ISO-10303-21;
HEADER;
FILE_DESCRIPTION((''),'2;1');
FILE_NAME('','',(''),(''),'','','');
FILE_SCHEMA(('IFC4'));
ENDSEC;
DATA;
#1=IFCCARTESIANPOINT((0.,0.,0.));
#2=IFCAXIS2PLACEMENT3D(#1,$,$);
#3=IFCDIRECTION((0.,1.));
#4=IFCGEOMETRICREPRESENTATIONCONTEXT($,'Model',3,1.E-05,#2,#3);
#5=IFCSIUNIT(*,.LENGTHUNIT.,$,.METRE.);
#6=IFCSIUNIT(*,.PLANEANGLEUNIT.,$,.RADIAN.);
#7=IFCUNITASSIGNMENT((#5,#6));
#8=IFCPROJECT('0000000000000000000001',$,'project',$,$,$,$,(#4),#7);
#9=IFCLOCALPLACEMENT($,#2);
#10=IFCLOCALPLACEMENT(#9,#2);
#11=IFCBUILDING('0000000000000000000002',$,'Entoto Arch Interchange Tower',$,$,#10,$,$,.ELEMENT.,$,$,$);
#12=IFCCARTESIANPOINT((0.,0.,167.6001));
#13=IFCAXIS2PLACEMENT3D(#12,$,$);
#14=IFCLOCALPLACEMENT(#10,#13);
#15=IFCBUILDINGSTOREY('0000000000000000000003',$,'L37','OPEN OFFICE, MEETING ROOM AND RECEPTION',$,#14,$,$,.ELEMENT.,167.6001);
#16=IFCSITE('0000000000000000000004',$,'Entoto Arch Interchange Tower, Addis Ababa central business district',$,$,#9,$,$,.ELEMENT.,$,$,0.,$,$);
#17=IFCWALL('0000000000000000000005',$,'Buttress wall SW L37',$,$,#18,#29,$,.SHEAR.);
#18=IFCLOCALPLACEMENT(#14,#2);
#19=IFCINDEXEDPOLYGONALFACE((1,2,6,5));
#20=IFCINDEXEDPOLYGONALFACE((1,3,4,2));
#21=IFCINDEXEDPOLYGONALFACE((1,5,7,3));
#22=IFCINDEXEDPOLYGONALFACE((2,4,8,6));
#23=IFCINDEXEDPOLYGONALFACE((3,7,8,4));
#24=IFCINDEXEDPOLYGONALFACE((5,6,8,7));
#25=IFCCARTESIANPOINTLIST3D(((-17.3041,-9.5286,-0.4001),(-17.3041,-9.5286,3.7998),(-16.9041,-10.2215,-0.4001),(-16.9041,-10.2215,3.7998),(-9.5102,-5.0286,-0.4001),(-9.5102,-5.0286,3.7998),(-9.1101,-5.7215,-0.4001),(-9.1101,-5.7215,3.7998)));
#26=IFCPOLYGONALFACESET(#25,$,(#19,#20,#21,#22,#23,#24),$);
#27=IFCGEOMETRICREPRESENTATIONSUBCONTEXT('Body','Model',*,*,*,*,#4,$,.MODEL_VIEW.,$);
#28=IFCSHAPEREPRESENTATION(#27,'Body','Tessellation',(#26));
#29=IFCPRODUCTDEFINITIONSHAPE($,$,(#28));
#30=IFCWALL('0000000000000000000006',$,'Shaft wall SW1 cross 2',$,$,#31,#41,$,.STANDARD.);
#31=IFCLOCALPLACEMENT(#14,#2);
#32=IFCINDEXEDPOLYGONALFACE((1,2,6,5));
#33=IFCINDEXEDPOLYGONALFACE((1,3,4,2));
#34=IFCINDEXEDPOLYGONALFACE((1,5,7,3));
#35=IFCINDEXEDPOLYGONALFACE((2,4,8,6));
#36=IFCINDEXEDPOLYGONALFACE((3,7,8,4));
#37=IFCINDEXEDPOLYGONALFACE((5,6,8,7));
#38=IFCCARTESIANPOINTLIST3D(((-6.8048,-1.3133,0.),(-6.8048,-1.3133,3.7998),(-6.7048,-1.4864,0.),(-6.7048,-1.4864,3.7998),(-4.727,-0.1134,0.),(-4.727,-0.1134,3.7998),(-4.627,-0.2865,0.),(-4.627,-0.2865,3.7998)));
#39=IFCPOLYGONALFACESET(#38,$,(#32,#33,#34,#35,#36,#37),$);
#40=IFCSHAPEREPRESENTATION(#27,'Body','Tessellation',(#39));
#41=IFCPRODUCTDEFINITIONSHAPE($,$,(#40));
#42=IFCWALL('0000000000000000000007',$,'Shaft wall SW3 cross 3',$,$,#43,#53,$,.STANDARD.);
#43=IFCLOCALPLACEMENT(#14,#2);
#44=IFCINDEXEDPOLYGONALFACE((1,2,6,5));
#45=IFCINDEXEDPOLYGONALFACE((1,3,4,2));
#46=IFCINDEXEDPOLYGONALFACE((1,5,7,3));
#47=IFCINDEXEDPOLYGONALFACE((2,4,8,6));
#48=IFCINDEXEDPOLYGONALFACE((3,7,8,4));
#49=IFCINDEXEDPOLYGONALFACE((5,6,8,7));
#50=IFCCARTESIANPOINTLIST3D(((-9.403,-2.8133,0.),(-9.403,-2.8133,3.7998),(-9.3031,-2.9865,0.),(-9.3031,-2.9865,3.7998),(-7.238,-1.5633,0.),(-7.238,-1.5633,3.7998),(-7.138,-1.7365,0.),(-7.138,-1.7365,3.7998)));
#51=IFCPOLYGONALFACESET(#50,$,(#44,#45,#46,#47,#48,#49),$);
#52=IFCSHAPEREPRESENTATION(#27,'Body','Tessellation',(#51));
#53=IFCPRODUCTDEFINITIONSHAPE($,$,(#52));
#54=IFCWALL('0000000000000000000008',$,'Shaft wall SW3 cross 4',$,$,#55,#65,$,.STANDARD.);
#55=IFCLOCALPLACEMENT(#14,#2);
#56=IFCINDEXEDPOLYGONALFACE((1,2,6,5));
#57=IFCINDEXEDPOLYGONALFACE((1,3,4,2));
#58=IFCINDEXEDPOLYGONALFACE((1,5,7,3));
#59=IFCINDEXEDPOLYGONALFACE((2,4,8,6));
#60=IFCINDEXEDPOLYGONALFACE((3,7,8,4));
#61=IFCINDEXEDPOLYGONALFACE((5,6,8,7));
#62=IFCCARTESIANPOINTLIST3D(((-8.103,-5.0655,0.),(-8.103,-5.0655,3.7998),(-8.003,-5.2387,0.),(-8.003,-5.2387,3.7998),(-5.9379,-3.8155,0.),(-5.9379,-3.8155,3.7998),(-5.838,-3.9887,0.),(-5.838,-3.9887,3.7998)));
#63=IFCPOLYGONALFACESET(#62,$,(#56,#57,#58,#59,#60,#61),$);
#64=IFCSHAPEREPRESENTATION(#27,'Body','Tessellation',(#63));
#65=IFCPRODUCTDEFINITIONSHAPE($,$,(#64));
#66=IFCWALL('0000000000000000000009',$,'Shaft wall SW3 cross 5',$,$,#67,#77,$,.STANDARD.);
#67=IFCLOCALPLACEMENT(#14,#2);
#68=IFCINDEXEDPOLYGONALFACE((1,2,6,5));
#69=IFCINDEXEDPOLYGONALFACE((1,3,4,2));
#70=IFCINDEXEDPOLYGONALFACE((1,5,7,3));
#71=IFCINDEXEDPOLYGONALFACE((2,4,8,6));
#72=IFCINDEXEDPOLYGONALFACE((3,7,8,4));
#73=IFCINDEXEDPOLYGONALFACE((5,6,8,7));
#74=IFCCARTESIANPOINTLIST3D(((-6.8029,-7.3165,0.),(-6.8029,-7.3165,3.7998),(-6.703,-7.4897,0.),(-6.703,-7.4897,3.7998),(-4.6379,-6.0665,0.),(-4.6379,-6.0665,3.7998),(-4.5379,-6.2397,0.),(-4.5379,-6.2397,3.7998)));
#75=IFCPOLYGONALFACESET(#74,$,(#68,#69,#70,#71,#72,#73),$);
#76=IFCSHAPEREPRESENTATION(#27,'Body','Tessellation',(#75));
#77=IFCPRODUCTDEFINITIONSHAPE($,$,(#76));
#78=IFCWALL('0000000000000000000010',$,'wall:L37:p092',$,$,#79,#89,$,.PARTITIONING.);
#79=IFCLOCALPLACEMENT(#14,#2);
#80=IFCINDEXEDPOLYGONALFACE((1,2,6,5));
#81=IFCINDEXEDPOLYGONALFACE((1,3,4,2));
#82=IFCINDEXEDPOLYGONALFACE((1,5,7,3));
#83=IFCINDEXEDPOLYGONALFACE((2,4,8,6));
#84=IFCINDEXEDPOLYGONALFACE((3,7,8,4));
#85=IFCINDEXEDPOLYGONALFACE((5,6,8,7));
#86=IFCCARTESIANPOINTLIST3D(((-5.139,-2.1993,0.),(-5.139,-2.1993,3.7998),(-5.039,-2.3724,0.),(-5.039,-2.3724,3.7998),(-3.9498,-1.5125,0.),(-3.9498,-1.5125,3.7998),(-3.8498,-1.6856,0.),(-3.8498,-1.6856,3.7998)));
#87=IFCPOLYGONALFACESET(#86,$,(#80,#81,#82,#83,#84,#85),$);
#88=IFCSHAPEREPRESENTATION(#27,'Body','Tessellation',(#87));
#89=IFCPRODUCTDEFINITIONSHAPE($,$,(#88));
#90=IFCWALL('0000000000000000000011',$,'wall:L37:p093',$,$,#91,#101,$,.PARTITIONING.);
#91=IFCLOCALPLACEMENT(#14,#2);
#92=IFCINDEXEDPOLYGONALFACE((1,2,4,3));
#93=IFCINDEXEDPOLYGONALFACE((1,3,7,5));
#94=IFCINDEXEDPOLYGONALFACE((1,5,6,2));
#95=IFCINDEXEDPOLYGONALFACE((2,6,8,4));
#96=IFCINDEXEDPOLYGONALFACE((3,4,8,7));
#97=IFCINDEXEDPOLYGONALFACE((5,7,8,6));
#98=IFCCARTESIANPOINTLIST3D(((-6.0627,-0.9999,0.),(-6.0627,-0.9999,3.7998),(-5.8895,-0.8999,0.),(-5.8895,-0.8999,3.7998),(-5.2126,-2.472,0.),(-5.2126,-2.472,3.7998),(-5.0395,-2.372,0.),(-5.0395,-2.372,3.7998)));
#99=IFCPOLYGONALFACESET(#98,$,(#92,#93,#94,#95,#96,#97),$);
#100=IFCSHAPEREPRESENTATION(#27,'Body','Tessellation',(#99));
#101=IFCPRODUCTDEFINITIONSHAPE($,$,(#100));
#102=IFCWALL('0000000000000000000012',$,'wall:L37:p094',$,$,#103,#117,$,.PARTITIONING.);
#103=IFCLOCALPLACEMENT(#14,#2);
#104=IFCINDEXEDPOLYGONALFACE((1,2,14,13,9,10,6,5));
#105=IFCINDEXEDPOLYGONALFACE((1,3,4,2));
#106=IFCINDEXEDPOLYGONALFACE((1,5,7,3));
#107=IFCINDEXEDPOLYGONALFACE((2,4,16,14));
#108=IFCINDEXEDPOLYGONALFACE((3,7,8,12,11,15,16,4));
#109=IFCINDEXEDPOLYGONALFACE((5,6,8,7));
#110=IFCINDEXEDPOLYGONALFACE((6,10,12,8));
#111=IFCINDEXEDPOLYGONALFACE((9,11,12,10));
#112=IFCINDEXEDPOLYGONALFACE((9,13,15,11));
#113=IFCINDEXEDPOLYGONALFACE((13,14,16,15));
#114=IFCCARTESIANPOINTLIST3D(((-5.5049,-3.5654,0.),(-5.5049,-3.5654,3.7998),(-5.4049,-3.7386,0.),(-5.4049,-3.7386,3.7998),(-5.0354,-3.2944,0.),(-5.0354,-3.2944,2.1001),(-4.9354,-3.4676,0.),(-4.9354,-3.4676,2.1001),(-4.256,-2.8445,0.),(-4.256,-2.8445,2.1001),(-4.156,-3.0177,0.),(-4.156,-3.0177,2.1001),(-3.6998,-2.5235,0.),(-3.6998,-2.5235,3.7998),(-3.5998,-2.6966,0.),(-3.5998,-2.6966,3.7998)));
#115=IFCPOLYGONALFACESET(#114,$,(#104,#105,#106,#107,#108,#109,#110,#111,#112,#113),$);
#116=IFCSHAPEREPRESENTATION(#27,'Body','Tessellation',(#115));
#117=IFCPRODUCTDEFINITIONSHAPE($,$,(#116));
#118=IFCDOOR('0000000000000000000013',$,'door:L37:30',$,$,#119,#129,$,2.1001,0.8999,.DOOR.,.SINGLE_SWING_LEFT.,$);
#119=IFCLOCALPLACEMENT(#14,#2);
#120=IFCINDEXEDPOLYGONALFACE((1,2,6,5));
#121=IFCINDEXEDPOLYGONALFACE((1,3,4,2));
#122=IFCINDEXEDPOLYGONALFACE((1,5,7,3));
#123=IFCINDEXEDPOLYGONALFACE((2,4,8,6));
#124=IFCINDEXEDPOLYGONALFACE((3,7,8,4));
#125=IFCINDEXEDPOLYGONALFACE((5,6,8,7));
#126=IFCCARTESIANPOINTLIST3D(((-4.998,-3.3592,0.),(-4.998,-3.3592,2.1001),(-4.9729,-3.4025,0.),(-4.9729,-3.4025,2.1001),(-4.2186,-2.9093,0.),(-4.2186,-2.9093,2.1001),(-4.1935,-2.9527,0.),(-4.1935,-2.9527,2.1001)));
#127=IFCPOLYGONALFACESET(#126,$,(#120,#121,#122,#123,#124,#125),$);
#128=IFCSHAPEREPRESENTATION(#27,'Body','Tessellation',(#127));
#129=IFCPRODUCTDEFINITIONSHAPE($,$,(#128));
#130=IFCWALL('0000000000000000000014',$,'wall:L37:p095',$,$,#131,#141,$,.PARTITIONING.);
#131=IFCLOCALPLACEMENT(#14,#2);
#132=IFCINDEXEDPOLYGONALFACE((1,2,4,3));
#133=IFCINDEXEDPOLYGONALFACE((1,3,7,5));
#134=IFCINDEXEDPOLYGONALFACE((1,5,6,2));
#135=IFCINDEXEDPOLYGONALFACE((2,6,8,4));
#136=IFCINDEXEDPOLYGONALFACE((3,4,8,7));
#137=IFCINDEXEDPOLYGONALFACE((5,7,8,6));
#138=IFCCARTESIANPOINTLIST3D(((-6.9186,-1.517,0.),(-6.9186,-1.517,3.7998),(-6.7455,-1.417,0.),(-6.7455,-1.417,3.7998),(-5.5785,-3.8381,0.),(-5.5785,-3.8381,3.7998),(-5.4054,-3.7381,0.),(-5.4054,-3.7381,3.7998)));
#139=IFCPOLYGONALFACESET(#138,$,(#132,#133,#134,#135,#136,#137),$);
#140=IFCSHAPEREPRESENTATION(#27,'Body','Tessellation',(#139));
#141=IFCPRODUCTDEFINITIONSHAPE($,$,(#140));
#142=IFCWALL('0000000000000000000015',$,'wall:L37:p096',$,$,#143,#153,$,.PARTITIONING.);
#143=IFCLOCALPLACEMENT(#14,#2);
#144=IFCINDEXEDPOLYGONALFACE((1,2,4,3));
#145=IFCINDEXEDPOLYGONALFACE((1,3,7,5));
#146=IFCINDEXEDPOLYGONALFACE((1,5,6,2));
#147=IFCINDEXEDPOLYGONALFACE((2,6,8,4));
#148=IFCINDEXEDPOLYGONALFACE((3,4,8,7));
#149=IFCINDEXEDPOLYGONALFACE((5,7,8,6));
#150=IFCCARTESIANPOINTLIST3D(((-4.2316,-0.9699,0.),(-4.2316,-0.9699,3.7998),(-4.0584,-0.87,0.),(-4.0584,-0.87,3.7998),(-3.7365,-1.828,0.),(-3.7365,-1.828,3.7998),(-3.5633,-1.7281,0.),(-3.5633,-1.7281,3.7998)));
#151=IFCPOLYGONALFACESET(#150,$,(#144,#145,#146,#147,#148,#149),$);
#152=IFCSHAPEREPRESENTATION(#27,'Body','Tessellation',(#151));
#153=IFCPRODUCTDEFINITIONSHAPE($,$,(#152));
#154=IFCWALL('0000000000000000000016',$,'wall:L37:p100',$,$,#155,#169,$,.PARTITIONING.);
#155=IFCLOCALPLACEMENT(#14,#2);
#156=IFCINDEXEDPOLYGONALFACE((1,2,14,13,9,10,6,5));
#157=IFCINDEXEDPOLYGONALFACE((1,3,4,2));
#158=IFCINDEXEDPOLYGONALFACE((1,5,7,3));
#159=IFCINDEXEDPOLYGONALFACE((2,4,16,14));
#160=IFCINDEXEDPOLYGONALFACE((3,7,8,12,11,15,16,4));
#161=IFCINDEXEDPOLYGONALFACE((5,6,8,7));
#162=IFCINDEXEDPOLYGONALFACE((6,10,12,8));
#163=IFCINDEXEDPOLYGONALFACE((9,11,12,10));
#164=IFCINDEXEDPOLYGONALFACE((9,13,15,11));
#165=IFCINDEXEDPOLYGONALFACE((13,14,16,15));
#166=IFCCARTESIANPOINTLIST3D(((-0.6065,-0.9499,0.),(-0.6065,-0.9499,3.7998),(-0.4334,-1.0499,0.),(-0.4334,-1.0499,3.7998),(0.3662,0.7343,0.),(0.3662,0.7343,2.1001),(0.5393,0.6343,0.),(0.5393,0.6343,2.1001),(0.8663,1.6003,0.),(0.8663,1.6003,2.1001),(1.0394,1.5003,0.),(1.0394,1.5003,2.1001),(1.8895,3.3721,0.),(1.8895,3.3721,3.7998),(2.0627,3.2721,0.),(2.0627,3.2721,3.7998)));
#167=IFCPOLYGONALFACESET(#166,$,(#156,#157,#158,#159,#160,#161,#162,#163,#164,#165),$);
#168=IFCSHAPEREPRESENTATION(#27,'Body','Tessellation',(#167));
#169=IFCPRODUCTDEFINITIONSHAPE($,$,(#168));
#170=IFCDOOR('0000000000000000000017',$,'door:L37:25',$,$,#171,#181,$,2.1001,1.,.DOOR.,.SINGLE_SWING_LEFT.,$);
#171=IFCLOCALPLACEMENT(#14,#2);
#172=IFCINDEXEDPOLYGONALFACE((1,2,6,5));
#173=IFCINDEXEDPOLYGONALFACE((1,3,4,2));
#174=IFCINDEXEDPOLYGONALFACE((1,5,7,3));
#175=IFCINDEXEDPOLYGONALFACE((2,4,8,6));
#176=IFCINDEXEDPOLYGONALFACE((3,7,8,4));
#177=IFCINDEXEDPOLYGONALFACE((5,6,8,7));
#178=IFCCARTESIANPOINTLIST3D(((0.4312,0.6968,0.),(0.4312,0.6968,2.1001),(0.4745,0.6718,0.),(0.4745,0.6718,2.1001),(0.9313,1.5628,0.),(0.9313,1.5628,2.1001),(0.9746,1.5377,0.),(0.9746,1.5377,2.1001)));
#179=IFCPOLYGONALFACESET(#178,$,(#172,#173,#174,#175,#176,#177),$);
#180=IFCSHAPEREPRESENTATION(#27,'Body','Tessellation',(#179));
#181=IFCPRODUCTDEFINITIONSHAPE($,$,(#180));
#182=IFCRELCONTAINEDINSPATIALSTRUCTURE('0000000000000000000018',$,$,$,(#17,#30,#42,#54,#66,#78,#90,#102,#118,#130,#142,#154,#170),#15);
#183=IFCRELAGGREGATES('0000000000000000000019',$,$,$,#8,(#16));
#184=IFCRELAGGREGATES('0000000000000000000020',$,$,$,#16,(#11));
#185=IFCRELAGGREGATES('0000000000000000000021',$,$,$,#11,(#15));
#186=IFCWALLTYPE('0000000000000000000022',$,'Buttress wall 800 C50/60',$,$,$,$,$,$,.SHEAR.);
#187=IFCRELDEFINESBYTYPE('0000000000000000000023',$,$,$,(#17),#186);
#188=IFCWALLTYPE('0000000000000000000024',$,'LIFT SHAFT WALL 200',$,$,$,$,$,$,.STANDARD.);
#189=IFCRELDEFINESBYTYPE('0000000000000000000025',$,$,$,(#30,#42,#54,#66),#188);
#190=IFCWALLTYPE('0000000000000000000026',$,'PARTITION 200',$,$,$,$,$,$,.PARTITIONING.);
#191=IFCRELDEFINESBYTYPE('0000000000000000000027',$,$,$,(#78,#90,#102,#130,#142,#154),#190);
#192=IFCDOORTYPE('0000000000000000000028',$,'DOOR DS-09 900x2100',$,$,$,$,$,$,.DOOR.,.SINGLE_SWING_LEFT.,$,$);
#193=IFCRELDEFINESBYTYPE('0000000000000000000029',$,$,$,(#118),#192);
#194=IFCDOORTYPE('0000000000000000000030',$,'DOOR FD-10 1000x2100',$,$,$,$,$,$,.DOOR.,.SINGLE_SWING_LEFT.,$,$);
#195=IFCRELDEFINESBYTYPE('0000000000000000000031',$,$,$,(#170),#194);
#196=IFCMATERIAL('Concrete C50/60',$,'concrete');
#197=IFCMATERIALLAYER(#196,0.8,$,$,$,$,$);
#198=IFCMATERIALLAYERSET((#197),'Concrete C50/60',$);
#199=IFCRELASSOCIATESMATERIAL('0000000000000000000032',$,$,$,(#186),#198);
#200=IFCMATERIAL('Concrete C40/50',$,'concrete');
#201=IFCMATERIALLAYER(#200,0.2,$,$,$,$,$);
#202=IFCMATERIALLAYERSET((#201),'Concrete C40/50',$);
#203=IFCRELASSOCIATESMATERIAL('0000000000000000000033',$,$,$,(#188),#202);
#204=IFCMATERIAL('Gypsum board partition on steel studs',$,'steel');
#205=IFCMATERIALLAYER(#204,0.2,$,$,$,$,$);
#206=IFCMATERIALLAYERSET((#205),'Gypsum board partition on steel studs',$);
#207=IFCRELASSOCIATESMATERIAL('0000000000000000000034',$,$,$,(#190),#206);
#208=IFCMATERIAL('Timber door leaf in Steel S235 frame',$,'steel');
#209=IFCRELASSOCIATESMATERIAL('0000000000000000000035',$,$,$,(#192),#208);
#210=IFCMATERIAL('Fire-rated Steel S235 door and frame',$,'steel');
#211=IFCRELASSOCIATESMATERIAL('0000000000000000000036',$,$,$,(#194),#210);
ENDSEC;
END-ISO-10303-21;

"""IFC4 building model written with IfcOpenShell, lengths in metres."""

from ifc_helpers import new_model, si_unit, direction, frame, frame_2d, origin, place, context, subcontext, project, spatial, rectangle, extrude, material, layer, layer_set, type_object, element, fill, save


model = new_model("IFC4")

# Units and contexts
model_context = context("Model", 3, precision=1e-05, world=origin(), true_north=direction((0.0, 1.0)))
body_context = subcontext(model_context, "Body", "Model", "MODEL_VIEW")
ifc_project = project(units=[si_unit("LENGTHUNIT", "METRE"), si_unit("PLANEANGLEUNIT", "RADIAN")], contexts=[model_context])

# Site, building, storey
site_placement = place(None, origin())
site = spatial("IfcSite", under=ifc_project, at=site_placement, Name="Entoto Arch Interchange Tower, Addis Ababa central business district", CompositionType="ELEMENT", RefElevation=0.0)
building_placement = place(site_placement, origin())
building = spatial("IfcBuilding", under=site, at=building_placement, Name="Entoto Arch Interchange Tower", CompositionType="ELEMENT")
storey_placement = place(building_placement, frame((0.0, 0.0, 167.6001)))
storey = spatial("IfcBuildingStorey", under=building, at=storey_placement, Name="L37", Description="OPEN OFFICE, MEETING ROOM AND RECEPTION", CompositionType="ELEMENT", Elevation=167.6001)

# Walls
ifc_material_1 = material(Name="Concrete C50/60", Category="concrete")
ifc_layer_1 = layer(ifc_material_1, 0.8)
ifc_layer_set_1 = layer_set([ifc_layer_1], Name="Concrete C50/60")
wall_type_1 = type_object("IfcWallType", Name="Buttress wall 800 C50/60", PredefinedType="SHEAR", material=ifc_layer_set_1)
wall_1_placement = place(storey_placement, frame((-9.3101, -5.375, -0.4001), z_axis=(0.0, 0.0, 1.0), x_axis=(-0.866018, -0.500014, 0.0)))
element("IfcWall", 1, at=wall_1_placement, inside=storey, type_object=wall_type_1, Name="Buttress wall SW L37", PredefinedType="SHEAR", context=body_context, shape_type="SweptSolid", body=[
    extrude(rectangle(XDim=8.9998, YDim=0.8, at=frame_2d((4.5, 0.0))), origin(), (0.0, 0.0, 1.0), 4.2),
])
ifc_material_2 = material(Name="Concrete C40/50", Category="concrete")
ifc_layer_2 = layer(ifc_material_2, 0.2)
ifc_layer_set_2 = layer_set([ifc_layer_2], Name="Concrete C40/50")
wall_type_2 = type_object("IfcWallType", Name="LIFT SHAFT WALL 200", PredefinedType="STANDARD", material=ifc_layer_set_2)
wall_2_placement = place(storey_placement, frame((-4.677, -0.2, 0.0), z_axis=(0.0, 0.0, 1.0), x_axis=(-0.865974, -0.500089, 0.0)))
element("IfcWall", 2, at=wall_2_placement, inside=storey, type_object=wall_type_2, Name="Shaft wall SW1 cross 2", PredefinedType="STANDARD", context=body_context, shape_type="SweptSolid", body=[
    extrude(rectangle(XDim=2.3994, YDim=0.2, at=frame_2d((1.1997, 0.0))), origin(), (0.0, 0.0, 1.0), 3.7998),
])
for number, where, z_axis, x_axis, name in (
    (3, (-7.188, -1.6499, 0.0), (0.0, 0.0, 1.0), (-0.866023, -0.500004, 0.0), "Shaft wall SW3 cross 3"),
    (4, (-5.8879, -3.9021, 0.0), (0.0, 0.0, 1.0), (-0.866023, -0.500004, 0.0), "Shaft wall SW3 cross 4"),
    (5, (-4.5879, -6.1531, 0.0), (0.0, 0.0, 1.0), (-0.866023, -0.500004, 0.0), "Shaft wall SW3 cross 5"),
):
    element("IfcWall", number, at=place(storey_placement, frame(where, z_axis=z_axis, x_axis=x_axis)), inside=storey, type_object=wall_type_2, Name=name, PredefinedType="STANDARD", context=body_context, shape_type="SweptSolid", body=[
        extrude(rectangle(XDim=2.5, YDim=0.2, at=frame_2d((1.25, 0.0))), origin(), (0.0, 0.0, 1.0), 3.7998),
    ])
ifc_material_3 = material(Name="Gypsum board partition on steel studs", Category="steel")
ifc_layer_3 = layer(ifc_material_3, 0.2)
ifc_layer_set_3 = layer_set([ifc_layer_3], Name="Gypsum board partition on steel studs")
wall_type_3 = type_object("IfcWallType", Name="PARTITION 200", PredefinedType="PARTITIONING", material=ifc_layer_set_3)
wall_3_placement = place(storey_placement, frame((-3.8999, -1.5991, 0.0), z_axis=(0.0, 0.0, 1.0), x_axis=(-0.865969, -0.500097, 0.0)))
element("IfcWall", 6, at=wall_3_placement, inside=storey, type_object=wall_type_3, Name="wall:L37:p092", PredefinedType="PARTITIONING", context=body_context, shape_type="SweptSolid", body=[
    extrude(rectangle(XDim=1.3733, YDim=0.2, at=frame_2d((0.6865, 0.0))), origin(), (0.0, 0.0, 1.0), 3.7998),
])
wall_4_placement = place(storey_placement, frame((-5.126, -2.4221, 0.0), z_axis=(0.0, 0.0, 1.0), x_axis=(-0.500062, 0.865989, 0.0)))
element("IfcWall", 7, at=wall_4_placement, inside=storey, type_object=wall_type_3, Name="wall:L37:p093", PredefinedType="PARTITIONING", context=body_context, shape_type="SweptSolid", body=[
    extrude(rectangle(XDim=1.7, YDim=0.2, at=frame_2d((0.8501, 0.0))), origin(), (0.0, 0.0, 1.0), 3.7998),
])

# Wall, opening, door
wall_5_placement = place(storey_placement, frame((-3.6499, -2.6101, 0.0), z_axis=(0.0, 0.0, 1.0), x_axis=(-0.866072, -0.499918, 0.0)))
wall_5 = element("IfcWall", 8, at=wall_5_placement, inside=storey, type_object=wall_type_3, Name="wall:L37:p094", PredefinedType="PARTITIONING", context=body_context, shape_type="SweptSolid", body=[
    extrude(rectangle(XDim=2.0842, YDim=0.2, at=frame_2d((1.042, 0.0))), origin(), (0.0, 0.0, 1.0), 3.7998),
])
opening_1_placement = place(wall_5_placement, frame((0.6421, 0.0, 0.0)))
opening_1 = element("IfcOpeningElement", 9, at=opening_1_placement, cuts=wall_5, PredefinedType="OPENING", context=body_context, shape_type="SweptSolid", body=[
    extrude(rectangle(XDim=0.8999, YDim=2.1001, at=frame_2d((0.45, 1.05))), frame((0.0, 0.1099, 0.0), z_axis=(0.0, -1.0, 0.0), x_axis=(1.0, 0.0, 0.0)), (0.0, 0.0, 1.0), 0.22),
])
ifc_material_4 = material(Name="Timber door leaf in Steel S235 frame", Category="steel")
door_type_1 = type_object("IfcDoorType", Name="DOOR DS-09 900x2100", OperationType="SINGLE_SWING_LEFT", PredefinedType="DOOR", material=ifc_material_4)
door_1_placement = place(opening_1_placement, origin())
door_1 = element("IfcDoor", 10, at=door_1_placement, inside=storey, type_object=door_type_1, Name="door:L37:30", OperationType="SINGLE_SWING_LEFT", OverallHeight=2.1001, OverallWidth=0.8999, PredefinedType="DOOR", context=body_context, shape_type="SweptSolid", body=[
    extrude(rectangle(XDim=0.8999, YDim=2.1001, at=frame_2d((0.45, 1.05))), frame((0.0, 0.0249, 0.0), z_axis=(0.0, -1.0, 0.0), x_axis=(1.0, 0.0, 0.0)), (0.0, 0.0, 1.0), 0.05),
])
fill(opening_1, door_1)

# Walls
wall_6_placement = place(storey_placement, frame((-5.4919, -3.7881, 0.0), z_axis=(0.0, 0.0, 1.0), x_axis=(-0.500009, 0.86602, 0.0)))
element("IfcWall", 11, at=wall_6_placement, inside=storey, type_object=wall_type_3, Name="wall:L37:p095", PredefinedType="PARTITIONING", context=body_context, shape_type="SweptSolid", body=[
    extrude(rectangle(XDim=2.6802, YDim=0.2, at=frame_2d((1.3401, 0.0))), origin(), (0.0, 0.0, 1.0), 3.7998),
])
wall_7_placement = place(storey_placement, frame((-4.145, -0.9199, 0.0), z_axis=(0.0, 0.0, 1.0), x_axis=(0.499744, -0.866173, 0.0)))
element("IfcWall", 12, at=wall_7_placement, inside=storey, type_object=wall_type_3, Name="wall:L37:p096", PredefinedType="PARTITIONING", context=body_context, shape_type="SweptSolid", body=[
    extrude(rectangle(XDim=0.9907, YDim=0.2, at=frame_2d((0.4954, 0.0))), origin(), (0.0, 0.0, 1.0), 3.7998),
])

# Wall, opening, door
wall_8_placement = place(storey_placement, frame((-0.52, -1.0, 0.0), z_axis=(0.0, 0.0, 1.0), x_axis=(0.500116, 0.865958, 0.0)))
wall_8 = element("IfcWall", 13, at=wall_8_placement, inside=storey, type_object=wall_type_3, Name="wall:L37:p100", PredefinedType="PARTITIONING", context=body_context, shape_type="SweptSolid", body=[
    extrude(rectangle(XDim=4.991, YDim=0.2, at=frame_2d((2.4956, 0.0))), origin(), (0.0, 0.0, 1.0), 3.7998),
])
opening_2_placement = place(wall_8_placement, frame((1.9451, 0.0, 0.0)))
opening_2 = element("IfcOpeningElement", 14, at=opening_2_placement, cuts=wall_8, PredefinedType="OPENING", context=body_context, shape_type="SweptSolid", body=[
    extrude(rectangle(XDim=1.0, YDim=2.1001, at=frame_2d((0.5, 1.05))), frame((0.0, 0.1099, 0.0), z_axis=(0.0, -1.0, 0.0), x_axis=(1.0, 0.0, 0.0)), (0.0, 0.0, 1.0), 0.22),
])
ifc_material_5 = material(Name="Fire-rated Steel S235 door and frame", Category="steel")
door_type_2 = type_object("IfcDoorType", Name="DOOR FD-10 1000x2100", OperationType="SINGLE_SWING_LEFT", PredefinedType="DOOR", material=ifc_material_5)
door_2_placement = place(opening_2_placement, origin())
door_2 = element("IfcDoor", 15, at=door_2_placement, inside=storey, type_object=door_type_2, Name="door:L37:25", OperationType="SINGLE_SWING_LEFT", OverallHeight=2.1001, OverallWidth=1.0, PredefinedType="DOOR", context=body_context, shape_type="SweptSolid", body=[
    extrude(rectangle(XDim=1.0, YDim=2.1001, at=frame_2d((0.5, 1.05))), frame((0.0, 0.0249, 0.0), z_axis=(0.0, -1.0, 0.0), x_axis=(1.0, 0.0, 0.0)), (0.0, 0.0, 1.0), 0.05),
])
fill(opening_2, door_2)

save(model, "model.ifc")
